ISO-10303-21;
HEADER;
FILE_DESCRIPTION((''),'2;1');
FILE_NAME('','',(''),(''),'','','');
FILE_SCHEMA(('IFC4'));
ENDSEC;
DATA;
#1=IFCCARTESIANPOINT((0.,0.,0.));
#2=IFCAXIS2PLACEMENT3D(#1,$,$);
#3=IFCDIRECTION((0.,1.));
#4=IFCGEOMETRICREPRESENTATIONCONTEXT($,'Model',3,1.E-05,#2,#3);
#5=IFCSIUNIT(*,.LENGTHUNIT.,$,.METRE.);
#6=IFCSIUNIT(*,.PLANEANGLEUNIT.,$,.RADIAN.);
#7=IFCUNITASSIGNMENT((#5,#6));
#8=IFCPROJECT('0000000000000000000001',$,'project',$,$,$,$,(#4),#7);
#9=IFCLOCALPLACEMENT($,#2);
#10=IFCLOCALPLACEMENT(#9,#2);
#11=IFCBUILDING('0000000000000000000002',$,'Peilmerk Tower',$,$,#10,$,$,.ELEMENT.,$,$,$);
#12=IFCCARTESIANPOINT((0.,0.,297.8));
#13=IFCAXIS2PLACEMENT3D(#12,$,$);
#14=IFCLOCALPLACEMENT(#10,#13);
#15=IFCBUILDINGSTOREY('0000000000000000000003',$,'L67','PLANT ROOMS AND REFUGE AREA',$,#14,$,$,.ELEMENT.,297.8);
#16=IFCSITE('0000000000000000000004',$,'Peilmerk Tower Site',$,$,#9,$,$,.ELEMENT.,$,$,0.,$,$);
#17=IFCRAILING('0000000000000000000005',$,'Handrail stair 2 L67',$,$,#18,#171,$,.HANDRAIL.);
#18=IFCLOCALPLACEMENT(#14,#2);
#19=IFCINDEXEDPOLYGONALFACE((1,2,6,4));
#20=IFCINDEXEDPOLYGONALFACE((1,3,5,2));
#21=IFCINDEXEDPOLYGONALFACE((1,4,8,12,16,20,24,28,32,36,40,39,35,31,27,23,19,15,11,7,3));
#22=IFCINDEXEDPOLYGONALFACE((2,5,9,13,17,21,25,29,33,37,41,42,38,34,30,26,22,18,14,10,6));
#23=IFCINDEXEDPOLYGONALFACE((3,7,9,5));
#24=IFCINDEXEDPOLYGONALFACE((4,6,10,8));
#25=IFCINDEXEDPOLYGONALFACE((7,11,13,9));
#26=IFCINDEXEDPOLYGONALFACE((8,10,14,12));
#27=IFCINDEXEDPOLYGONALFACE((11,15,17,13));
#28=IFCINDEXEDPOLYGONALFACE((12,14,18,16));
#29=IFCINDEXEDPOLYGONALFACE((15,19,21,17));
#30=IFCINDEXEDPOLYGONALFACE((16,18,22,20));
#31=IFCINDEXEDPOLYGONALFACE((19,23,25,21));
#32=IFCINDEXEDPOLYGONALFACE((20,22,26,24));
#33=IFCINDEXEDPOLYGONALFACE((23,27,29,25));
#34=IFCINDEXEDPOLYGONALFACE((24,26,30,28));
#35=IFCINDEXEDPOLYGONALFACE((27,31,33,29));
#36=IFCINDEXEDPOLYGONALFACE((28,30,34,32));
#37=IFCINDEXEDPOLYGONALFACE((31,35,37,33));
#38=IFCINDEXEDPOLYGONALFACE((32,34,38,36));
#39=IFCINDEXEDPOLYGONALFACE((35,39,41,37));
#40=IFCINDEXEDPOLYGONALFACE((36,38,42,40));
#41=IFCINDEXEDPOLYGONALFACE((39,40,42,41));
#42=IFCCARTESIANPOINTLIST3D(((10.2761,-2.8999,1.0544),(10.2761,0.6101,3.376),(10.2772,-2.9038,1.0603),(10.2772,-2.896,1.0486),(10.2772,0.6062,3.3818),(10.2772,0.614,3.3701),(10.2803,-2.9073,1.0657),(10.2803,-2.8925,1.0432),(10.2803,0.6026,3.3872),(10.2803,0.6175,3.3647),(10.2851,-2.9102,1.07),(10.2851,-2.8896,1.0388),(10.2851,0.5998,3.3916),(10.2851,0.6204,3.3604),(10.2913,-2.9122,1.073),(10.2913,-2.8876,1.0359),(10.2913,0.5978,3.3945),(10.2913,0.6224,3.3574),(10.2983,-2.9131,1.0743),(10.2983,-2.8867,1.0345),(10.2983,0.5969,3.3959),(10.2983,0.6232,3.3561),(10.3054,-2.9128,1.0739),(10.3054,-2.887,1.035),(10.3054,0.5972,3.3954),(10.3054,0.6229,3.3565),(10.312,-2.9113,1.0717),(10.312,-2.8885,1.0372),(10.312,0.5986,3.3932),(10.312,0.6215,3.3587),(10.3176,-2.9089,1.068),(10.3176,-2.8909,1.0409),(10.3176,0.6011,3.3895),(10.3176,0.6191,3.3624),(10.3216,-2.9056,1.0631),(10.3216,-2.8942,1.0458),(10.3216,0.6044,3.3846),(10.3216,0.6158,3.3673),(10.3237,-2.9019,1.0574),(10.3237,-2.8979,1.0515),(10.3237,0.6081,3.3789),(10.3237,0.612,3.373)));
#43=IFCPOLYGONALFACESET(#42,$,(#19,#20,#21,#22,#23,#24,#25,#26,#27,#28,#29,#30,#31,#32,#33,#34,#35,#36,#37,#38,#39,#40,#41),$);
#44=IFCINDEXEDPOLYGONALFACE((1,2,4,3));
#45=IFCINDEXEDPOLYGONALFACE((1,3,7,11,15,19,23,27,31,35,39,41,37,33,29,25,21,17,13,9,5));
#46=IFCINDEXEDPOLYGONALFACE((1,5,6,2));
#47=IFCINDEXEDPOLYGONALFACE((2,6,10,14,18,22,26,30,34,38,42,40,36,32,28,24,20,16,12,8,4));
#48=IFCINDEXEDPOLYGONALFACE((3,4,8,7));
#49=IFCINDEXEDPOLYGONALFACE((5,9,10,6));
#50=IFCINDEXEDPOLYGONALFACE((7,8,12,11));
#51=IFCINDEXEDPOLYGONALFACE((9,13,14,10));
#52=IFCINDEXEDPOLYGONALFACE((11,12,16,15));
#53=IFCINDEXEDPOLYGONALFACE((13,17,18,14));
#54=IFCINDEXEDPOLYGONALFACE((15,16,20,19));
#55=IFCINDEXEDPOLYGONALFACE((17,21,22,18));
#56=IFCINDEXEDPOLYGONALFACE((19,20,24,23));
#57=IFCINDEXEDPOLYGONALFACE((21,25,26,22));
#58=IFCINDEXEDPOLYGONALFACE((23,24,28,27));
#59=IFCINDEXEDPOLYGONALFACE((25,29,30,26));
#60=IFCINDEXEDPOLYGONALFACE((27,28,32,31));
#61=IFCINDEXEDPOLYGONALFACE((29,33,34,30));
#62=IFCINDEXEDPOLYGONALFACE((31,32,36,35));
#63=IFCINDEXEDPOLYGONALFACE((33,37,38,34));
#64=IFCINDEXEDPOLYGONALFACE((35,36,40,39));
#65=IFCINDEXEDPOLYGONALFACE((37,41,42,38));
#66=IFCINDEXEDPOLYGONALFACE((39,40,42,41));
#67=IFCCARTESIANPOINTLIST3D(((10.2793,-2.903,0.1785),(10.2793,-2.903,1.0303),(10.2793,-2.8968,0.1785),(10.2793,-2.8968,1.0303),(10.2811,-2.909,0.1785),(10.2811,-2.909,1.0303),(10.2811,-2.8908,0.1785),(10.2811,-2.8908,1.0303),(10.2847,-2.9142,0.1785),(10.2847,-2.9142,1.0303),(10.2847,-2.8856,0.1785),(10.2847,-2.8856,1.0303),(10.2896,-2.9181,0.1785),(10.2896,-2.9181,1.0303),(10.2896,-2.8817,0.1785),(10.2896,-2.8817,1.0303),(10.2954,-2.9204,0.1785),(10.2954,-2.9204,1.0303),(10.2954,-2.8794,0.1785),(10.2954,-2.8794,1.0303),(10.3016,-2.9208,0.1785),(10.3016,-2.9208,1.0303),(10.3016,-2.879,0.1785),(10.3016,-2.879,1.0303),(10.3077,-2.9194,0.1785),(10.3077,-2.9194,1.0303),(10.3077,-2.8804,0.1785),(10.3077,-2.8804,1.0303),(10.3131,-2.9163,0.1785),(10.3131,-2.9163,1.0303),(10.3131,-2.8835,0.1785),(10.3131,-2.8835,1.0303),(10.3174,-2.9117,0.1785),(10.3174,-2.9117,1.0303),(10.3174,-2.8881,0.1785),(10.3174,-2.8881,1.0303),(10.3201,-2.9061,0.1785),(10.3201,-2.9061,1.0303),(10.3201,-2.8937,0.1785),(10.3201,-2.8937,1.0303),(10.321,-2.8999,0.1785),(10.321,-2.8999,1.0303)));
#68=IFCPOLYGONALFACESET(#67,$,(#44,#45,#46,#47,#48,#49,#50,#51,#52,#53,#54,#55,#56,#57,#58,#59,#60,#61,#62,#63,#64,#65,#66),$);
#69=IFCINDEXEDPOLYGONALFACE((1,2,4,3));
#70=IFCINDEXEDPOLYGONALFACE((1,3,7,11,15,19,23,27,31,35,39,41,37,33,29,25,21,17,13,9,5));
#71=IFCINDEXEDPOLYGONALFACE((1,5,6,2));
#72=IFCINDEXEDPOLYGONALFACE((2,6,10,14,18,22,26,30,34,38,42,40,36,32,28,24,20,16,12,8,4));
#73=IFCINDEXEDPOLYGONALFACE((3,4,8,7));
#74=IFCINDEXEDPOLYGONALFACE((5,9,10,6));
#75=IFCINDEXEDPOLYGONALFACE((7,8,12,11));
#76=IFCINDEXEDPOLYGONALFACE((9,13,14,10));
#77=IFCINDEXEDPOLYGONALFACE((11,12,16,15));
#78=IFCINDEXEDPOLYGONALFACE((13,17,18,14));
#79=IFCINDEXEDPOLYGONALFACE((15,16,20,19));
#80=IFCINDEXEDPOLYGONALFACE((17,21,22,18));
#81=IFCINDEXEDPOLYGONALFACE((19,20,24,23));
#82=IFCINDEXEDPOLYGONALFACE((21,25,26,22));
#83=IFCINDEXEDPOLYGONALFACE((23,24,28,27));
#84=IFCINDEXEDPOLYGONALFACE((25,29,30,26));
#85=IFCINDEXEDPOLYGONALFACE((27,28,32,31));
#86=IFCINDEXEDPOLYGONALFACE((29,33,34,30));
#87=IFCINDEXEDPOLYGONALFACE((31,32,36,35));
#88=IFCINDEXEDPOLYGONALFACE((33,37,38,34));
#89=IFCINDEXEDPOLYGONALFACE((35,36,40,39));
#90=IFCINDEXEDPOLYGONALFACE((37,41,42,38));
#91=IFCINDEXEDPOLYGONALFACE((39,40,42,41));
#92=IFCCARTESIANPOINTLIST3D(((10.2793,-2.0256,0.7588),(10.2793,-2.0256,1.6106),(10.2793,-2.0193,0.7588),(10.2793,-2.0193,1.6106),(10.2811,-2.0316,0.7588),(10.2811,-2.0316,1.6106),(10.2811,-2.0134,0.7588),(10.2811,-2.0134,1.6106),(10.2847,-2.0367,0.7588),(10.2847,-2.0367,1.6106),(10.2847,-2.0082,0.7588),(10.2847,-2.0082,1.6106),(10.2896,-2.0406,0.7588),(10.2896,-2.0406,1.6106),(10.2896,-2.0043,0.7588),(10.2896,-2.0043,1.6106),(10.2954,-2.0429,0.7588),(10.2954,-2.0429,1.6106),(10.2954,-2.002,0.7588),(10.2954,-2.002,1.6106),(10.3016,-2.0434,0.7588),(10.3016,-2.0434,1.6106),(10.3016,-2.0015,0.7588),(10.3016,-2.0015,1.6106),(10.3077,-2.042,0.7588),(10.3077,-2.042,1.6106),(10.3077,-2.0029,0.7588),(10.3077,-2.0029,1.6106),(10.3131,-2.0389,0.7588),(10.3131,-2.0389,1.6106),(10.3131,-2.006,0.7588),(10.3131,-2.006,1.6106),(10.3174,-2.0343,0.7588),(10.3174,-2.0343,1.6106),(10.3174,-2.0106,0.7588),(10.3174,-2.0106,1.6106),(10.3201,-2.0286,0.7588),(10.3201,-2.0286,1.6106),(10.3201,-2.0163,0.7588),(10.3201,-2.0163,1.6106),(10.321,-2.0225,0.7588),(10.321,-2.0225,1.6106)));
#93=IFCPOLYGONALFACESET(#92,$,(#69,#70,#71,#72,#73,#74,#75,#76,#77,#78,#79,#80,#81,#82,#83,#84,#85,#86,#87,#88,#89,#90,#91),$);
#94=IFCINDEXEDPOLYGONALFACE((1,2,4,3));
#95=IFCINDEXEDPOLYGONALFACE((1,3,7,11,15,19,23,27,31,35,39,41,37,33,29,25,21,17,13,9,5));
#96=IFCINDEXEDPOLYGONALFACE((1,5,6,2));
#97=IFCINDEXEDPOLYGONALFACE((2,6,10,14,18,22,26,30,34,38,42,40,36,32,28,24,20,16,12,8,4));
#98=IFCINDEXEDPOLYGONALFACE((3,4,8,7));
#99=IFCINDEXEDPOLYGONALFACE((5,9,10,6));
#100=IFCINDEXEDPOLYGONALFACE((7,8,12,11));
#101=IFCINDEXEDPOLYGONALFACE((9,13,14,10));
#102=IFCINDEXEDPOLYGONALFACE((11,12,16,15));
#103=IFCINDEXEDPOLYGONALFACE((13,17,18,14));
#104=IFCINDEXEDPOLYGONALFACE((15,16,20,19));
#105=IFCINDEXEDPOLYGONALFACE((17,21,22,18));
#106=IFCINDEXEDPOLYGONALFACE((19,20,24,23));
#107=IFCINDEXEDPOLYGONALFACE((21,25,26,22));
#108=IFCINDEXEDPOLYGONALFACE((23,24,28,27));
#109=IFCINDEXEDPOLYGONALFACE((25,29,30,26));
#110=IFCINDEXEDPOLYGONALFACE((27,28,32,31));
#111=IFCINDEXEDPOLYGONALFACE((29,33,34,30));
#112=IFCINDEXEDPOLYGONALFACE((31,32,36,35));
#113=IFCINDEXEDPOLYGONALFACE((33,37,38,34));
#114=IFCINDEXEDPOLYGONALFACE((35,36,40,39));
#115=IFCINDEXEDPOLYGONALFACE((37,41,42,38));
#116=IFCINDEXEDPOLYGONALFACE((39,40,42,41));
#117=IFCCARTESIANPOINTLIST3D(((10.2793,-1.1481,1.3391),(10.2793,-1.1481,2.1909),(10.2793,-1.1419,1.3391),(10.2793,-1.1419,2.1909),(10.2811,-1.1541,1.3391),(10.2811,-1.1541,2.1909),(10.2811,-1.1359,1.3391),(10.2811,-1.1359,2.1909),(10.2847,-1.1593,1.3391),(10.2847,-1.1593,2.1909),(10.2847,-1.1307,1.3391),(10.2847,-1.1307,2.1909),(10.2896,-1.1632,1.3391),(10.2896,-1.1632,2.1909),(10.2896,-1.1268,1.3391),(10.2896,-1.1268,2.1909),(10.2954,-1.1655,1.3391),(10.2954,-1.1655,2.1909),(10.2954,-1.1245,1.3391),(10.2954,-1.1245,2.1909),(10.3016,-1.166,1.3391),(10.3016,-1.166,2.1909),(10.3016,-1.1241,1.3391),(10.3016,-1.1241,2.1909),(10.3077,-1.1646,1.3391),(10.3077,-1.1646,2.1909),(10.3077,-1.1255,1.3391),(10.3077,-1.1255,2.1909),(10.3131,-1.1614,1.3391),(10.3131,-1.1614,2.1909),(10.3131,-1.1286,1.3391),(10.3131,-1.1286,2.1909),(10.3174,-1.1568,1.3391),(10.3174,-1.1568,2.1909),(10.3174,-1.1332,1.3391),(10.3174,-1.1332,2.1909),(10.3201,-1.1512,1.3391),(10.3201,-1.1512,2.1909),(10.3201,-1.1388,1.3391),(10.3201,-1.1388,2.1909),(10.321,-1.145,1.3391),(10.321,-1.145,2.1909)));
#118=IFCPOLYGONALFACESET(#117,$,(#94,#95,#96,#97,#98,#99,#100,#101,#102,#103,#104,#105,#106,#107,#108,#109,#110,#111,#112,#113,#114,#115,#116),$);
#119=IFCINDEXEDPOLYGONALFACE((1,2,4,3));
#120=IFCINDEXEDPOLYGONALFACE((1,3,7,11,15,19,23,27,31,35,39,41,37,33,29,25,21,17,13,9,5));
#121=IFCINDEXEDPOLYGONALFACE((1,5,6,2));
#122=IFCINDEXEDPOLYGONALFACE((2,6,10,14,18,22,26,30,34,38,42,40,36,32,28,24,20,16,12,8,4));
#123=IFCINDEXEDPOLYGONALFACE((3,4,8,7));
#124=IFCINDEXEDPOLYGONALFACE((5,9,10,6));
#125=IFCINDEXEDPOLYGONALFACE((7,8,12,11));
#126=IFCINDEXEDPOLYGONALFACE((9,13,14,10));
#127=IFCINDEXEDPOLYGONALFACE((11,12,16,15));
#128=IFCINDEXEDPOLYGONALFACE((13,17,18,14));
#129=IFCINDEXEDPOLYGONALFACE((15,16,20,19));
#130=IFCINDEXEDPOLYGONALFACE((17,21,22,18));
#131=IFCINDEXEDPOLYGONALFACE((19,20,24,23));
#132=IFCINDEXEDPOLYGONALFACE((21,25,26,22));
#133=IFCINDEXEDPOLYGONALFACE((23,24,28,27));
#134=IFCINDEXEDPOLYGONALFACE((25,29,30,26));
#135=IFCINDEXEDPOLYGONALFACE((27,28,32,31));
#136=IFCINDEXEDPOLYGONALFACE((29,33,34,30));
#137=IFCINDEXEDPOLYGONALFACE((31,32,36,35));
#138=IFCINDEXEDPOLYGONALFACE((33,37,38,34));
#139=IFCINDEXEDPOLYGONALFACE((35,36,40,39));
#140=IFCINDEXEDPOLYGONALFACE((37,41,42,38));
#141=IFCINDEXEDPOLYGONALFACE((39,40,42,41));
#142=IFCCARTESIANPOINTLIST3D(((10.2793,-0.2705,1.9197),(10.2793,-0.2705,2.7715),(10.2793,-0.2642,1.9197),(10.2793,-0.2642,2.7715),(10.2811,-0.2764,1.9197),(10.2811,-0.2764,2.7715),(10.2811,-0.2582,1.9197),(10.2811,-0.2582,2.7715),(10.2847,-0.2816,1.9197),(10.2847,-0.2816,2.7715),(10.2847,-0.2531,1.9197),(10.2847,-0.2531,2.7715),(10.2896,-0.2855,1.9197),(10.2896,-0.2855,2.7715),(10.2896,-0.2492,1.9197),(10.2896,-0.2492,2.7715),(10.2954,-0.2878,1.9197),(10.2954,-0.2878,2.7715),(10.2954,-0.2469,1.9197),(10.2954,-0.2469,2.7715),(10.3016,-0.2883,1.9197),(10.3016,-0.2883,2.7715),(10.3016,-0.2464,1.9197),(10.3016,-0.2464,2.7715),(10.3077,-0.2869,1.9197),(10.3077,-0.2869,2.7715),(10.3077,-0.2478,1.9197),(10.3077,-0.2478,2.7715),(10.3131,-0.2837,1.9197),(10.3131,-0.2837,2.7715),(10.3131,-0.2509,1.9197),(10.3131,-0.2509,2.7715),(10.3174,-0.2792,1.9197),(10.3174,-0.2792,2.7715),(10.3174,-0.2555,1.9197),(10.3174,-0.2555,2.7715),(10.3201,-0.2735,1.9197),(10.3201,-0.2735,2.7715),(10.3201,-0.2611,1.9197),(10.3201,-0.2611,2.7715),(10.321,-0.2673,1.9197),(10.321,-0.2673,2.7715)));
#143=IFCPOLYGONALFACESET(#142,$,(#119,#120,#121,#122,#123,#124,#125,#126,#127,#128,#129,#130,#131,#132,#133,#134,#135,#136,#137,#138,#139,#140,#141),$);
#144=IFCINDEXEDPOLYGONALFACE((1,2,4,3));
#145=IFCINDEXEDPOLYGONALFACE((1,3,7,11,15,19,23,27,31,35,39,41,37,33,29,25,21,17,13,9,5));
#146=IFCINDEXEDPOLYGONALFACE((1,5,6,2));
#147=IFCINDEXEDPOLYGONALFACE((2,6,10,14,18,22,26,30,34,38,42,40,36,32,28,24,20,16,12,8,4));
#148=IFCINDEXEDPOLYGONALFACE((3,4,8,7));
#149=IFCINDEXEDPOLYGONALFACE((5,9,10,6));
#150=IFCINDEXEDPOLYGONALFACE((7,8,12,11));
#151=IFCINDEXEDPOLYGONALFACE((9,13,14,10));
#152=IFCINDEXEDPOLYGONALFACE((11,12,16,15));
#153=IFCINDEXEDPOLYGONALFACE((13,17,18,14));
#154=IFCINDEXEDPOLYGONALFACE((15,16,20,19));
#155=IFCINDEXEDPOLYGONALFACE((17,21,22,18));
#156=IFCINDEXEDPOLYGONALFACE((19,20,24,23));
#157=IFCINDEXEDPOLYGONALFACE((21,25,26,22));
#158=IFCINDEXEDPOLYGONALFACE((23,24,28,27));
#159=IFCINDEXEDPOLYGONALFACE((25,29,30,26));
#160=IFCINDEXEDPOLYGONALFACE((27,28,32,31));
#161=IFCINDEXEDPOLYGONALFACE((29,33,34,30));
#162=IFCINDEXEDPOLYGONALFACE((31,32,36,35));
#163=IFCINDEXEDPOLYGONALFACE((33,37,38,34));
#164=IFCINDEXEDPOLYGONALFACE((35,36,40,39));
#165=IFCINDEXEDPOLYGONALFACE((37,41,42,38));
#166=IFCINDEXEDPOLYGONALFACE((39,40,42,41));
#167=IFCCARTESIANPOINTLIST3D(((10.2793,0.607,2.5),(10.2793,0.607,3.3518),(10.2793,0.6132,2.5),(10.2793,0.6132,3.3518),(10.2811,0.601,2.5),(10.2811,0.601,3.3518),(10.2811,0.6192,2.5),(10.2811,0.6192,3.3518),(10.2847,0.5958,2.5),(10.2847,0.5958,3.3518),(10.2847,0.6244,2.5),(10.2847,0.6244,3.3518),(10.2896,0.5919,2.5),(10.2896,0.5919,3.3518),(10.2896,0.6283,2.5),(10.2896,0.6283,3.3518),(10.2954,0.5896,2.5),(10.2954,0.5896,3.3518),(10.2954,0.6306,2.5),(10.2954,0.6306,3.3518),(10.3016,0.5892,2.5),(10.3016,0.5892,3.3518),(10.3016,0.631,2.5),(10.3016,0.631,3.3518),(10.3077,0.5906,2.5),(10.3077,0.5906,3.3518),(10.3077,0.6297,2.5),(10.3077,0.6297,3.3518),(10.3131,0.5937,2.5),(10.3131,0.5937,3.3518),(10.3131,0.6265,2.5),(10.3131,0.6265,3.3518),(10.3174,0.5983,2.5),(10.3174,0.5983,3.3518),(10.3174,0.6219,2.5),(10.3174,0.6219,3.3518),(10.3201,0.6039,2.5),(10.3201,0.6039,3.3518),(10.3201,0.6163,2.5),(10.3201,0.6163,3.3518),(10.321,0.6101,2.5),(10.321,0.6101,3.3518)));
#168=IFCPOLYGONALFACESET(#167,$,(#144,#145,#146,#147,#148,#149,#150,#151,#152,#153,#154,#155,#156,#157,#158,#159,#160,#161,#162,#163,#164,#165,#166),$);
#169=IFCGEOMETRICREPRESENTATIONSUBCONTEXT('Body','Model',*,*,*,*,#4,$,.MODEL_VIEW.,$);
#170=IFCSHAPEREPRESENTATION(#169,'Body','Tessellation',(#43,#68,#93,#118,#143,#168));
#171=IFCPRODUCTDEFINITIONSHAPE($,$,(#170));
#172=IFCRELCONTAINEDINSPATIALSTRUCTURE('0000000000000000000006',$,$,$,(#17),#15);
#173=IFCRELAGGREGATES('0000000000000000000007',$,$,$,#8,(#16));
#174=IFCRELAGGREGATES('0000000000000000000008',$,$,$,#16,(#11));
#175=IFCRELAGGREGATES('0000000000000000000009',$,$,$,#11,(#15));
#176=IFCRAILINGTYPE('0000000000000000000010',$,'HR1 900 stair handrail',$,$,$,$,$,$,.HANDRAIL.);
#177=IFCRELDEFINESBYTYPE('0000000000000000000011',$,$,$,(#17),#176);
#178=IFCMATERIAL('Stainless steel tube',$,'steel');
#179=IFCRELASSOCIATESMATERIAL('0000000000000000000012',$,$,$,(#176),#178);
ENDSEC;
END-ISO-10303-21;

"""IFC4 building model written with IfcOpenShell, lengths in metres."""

from ifc_helpers import new_model, si_unit, direction, frame, origin, origin_2d, place, context, subcontext, project, spatial, circle, extrude, material, type_object, element, save


model = new_model("IFC4")

# Units and contexts
model_context = context("Model", 3, precision=1e-05, world=origin(), true_north=direction((0.0, 1.0)))
body_context = subcontext(model_context, "Body", "Model", "MODEL_VIEW")
ifc_project = project(units=[si_unit("LENGTHUNIT", "METRE"), si_unit("PLANEANGLEUNIT", "RADIAN")], contexts=[model_context])

# Site, building, storey
site_placement = place(None, origin())
site = spatial("IfcSite", under=ifc_project, at=site_placement, Name="Peilmerk Tower Site", CompositionType="ELEMENT", RefElevation=0.0)
building_placement = place(site_placement, origin())
building = spatial("IfcBuilding", under=site, at=building_placement, Name="Peilmerk Tower", CompositionType="ELEMENT")
storey_placement = place(building_placement, frame((0.0, 0.0, 297.8)))
storey = spatial("IfcBuildingStorey", under=building, at=storey_placement, Name="L67", Description="PLANT ROOMS AND REFUGE AREA", CompositionType="ELEMENT", Elevation=297.8)

# Railing
ifc_material_1 = material(Name="Stainless steel tube", Category="steel")
railing_type_1 = type_object("IfcRailingType", Name="HR1 900 stair handrail", PredefinedType="HANDRAIL", material=ifc_material_1)
railing_1_placement = place(storey_placement, frame((10.3, -2.8999, 0.1785)))
element("IfcRailing", 1, at=railing_1_placement, inside=storey, type_object=railing_type_1, Name="Handrail stair 2 L67", PredefinedType="HANDRAIL", context=body_context, shape_type="SweptSolid", body=[
    extrude(circle(Radius=0.0239, at=origin_2d()), frame((0.0, 0.0, 0.876), z_axis=(0.0, 0.834071, 0.551657), x_axis=(-1.0, 0.0, 0.0)), (0.0, 0.0, 1.0), 4.2083),
    extrude(circle(Radius=0.021, at=origin_2d()), origin(), (0.0, 0.0, 1.0), 0.8518),
    extrude(circle(Radius=0.021, at=origin_2d()), frame((0.0, 0.8774, 0.5803)), (0.0, 0.0, 1.0), 0.8518),
    extrude(circle(Radius=0.021, at=origin_2d()), frame((0.0, 1.7549, 1.1606)), (0.0, 0.0, 1.0), 0.8518),
    extrude(circle(Radius=0.021, at=origin_2d()), frame((0.0, 2.6326, 1.7412)), (0.0, 0.0, 1.0), 0.8518),
    extrude(circle(Radius=0.021, at=origin_2d()), frame((0.0, 3.51, 2.3215)), (0.0, 0.0, 1.0), 0.8518),
])

save(model, "model.ifc")
